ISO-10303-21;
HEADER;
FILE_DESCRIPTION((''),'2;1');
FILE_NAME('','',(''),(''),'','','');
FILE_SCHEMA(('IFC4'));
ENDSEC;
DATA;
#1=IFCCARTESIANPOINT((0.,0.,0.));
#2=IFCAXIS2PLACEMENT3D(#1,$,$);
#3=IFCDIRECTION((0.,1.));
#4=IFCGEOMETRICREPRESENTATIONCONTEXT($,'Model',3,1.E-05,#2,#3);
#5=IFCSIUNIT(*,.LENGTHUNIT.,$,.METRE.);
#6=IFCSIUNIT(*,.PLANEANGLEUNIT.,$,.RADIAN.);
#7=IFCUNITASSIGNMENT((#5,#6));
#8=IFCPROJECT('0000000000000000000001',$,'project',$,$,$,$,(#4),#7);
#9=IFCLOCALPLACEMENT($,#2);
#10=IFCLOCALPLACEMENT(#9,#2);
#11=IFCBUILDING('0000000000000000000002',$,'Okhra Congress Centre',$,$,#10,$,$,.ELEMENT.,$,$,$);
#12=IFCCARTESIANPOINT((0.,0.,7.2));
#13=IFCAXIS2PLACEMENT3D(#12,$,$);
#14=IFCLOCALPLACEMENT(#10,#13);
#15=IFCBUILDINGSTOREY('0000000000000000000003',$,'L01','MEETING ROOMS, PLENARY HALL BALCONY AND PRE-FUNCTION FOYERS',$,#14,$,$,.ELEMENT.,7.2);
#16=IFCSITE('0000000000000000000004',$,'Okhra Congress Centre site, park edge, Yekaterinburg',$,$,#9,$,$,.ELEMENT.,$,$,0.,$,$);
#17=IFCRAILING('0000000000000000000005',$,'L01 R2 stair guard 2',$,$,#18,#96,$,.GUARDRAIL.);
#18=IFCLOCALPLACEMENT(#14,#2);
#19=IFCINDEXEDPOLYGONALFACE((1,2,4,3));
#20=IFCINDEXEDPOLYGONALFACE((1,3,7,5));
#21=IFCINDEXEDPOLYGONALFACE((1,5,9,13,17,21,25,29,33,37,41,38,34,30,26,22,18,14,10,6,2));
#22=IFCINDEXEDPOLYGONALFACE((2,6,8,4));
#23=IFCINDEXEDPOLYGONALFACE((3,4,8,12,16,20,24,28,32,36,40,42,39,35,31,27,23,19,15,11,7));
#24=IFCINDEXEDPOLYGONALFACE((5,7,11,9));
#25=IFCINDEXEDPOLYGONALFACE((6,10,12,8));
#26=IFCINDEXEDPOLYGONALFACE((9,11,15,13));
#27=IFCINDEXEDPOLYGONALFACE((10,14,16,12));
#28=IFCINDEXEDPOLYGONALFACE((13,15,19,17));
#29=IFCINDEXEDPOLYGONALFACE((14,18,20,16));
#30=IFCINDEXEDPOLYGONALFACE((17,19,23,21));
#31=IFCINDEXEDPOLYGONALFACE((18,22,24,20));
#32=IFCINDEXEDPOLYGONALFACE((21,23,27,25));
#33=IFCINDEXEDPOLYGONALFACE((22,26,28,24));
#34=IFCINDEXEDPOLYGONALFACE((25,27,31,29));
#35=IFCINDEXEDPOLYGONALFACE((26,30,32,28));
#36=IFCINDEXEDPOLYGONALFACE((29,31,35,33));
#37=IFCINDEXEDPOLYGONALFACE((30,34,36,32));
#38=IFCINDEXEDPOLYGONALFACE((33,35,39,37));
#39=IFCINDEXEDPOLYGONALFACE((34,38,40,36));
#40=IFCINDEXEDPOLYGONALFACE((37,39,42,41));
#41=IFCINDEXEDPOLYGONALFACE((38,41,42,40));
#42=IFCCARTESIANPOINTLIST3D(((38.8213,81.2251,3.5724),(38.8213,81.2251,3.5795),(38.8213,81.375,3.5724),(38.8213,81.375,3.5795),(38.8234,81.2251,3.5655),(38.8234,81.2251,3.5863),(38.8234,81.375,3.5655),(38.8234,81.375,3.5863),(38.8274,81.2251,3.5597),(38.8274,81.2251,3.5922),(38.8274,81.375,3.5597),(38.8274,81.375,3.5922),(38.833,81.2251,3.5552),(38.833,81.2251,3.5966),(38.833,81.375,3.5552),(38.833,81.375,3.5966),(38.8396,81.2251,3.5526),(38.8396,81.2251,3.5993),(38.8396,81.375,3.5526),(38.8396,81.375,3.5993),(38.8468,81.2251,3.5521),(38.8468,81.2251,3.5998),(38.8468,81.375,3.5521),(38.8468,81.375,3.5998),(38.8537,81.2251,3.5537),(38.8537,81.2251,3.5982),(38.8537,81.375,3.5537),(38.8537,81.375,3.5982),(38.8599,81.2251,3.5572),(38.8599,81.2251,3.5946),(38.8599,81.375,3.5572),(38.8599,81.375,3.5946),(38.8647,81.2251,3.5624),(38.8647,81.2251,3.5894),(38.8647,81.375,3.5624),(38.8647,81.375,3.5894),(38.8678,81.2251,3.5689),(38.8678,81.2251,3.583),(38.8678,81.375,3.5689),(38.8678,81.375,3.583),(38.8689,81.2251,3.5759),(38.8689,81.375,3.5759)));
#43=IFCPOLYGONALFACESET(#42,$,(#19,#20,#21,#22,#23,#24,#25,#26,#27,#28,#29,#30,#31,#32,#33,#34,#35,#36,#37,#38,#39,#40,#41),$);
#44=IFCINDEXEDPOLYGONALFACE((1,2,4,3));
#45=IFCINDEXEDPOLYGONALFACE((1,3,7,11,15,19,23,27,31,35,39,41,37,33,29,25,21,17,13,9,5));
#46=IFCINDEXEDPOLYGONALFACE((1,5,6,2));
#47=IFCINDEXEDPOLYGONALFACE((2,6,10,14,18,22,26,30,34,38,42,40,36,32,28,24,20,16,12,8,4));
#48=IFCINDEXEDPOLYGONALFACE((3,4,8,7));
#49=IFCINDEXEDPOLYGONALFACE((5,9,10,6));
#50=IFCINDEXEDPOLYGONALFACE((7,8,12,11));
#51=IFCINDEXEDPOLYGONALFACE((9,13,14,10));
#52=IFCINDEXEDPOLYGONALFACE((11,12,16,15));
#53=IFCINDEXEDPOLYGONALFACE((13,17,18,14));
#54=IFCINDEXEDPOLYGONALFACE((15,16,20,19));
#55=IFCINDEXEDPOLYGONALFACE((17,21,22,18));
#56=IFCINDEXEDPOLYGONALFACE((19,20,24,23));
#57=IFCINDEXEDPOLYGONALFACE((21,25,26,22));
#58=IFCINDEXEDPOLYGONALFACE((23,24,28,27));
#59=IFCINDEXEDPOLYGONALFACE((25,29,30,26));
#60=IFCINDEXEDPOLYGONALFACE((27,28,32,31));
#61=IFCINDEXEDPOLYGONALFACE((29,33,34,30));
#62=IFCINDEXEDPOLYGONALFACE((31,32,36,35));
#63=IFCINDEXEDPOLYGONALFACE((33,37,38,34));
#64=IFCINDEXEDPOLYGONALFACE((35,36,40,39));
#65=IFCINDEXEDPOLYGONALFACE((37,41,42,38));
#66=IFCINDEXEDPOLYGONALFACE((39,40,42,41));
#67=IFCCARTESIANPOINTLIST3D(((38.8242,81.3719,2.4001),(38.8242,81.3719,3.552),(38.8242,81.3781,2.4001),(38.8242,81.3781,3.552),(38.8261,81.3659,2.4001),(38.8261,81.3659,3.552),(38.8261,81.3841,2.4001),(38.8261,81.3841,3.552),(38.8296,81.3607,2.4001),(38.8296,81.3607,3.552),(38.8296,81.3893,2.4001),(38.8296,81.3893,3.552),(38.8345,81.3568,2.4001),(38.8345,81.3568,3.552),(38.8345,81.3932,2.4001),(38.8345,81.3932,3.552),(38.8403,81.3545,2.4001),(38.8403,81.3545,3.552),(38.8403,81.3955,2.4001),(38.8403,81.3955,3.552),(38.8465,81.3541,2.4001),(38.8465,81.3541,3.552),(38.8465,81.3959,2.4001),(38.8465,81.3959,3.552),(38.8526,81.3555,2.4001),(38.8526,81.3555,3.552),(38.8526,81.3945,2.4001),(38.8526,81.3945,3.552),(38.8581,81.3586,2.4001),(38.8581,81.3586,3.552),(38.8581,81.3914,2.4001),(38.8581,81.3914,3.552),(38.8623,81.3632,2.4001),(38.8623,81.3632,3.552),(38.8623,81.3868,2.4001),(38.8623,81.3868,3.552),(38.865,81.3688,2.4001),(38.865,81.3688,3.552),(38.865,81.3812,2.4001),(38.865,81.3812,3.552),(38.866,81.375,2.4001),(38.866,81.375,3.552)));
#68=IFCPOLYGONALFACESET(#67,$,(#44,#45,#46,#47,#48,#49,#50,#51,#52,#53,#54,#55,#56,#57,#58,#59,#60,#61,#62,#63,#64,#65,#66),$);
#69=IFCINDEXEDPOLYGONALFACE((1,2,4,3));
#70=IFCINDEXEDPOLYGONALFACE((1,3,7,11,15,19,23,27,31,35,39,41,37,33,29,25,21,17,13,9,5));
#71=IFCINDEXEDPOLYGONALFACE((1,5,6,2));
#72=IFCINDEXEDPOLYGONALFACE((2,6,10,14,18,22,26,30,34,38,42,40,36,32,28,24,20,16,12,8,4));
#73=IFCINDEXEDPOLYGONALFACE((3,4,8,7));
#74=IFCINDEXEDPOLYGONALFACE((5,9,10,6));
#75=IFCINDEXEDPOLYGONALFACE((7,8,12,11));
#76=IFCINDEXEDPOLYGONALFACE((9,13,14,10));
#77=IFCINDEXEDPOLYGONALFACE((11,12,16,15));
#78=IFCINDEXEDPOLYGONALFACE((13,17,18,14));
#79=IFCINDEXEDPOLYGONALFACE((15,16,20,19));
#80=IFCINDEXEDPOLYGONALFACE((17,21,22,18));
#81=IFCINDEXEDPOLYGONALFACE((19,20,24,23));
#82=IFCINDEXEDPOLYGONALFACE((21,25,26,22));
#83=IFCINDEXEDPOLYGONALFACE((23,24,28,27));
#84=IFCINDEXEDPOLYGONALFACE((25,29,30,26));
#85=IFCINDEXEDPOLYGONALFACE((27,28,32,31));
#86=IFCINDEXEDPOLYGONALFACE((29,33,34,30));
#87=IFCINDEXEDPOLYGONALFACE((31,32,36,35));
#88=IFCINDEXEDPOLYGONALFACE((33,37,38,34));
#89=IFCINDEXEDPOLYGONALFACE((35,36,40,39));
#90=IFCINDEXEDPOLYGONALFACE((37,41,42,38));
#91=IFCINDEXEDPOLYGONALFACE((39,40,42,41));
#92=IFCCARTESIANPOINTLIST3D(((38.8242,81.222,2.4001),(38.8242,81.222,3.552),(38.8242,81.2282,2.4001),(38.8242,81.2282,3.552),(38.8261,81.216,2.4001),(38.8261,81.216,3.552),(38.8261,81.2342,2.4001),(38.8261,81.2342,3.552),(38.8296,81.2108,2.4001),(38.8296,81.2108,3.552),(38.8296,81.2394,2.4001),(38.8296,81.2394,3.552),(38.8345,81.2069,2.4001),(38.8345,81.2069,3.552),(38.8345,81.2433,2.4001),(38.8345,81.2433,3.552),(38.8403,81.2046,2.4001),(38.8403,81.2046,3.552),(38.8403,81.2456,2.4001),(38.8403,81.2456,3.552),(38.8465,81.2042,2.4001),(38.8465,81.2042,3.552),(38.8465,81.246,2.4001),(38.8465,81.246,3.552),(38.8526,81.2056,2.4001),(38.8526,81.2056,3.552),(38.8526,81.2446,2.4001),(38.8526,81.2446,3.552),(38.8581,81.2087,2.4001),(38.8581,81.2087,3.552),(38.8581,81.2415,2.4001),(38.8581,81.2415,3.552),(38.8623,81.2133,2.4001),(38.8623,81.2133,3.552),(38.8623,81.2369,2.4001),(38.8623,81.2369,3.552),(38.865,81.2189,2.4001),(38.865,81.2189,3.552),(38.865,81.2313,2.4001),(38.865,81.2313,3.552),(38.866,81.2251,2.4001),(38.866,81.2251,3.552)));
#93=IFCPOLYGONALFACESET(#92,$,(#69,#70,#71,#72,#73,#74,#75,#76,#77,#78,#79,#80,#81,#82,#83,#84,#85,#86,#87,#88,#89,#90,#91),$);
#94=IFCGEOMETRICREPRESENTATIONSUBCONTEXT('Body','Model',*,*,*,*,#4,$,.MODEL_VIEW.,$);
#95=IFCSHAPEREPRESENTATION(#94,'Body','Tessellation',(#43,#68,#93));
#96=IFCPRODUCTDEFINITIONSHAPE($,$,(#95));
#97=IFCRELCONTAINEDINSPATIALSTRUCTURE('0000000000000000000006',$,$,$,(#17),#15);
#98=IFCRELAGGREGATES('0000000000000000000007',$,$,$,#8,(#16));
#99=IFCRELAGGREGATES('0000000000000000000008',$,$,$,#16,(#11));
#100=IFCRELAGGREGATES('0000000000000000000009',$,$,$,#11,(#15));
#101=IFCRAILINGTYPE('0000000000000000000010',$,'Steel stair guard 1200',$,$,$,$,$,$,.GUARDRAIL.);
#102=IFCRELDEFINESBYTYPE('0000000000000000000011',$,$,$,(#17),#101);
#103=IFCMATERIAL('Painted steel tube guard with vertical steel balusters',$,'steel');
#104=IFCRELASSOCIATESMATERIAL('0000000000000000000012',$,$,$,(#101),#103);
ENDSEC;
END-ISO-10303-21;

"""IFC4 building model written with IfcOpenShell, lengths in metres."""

from ifc_helpers import new_model, si_unit, direction, frame, origin, origin_2d, place, context, subcontext, project, spatial, circle, extrude, material, type_object, element, save


model = new_model("IFC4")

# Units and contexts
model_context = context("Model", 3, precision=1e-05, world=origin(), true_north=direction((0.0, 1.0)))
body_context = subcontext(model_context, "Body", "Model", "MODEL_VIEW")
ifc_project = project(units=[si_unit("LENGTHUNIT", "METRE"), si_unit("PLANEANGLEUNIT", "RADIAN")], contexts=[model_context])

# Site, building, storey
site_placement = place(None, origin())
site = spatial("IfcSite", under=ifc_project, at=site_placement, Name="Okhra Congress Centre site, park edge, Yekaterinburg", CompositionType="ELEMENT", RefElevation=0.0)
building_placement = place(site_placement, origin())
building = spatial("IfcBuilding", under=site, at=building_placement, Name="Okhra Congress Centre", CompositionType="ELEMENT")
storey_placement = place(building_placement, frame((0.0, 0.0, 7.2)))
storey = spatial("IfcBuildingStorey", under=building, at=storey_placement, Name="L01", Description="MEETING ROOMS, PLENARY HALL BALCONY AND PRE-FUNCTION FOYERS", CompositionType="ELEMENT", Elevation=7.2)

# Railing
ifc_material_1 = material(Name="Painted steel tube guard with vertical steel balusters", Category="steel")
railing_type_1 = type_object("IfcRailingType", Name="Steel stair guard 1200", PredefinedType="GUARDRAIL", material=ifc_material_1)
railing_1_placement = place(storey_placement, frame((38.845, 81.375, 2.4001)))
element("IfcRailing", 1, at=railing_1_placement, inside=storey, type_object=railing_type_1, Name="L01 R2 stair guard 2", PredefinedType="GUARDRAIL", context=body_context, shape_type="SweptSolid", body=[
    extrude(circle(Radius=0.0239, at=origin_2d()), frame((0.0, 0.0, 1.1758), z_axis=(0.0, -1.0, 0.0), x_axis=(1.0, 0.0, 0.0)), (0.0, 0.0, 1.0), 0.1499),
    extrude(circle(Radius=0.021, at=origin_2d()), origin(), (0.0, 0.0, 1.0), 1.1519),
    extrude(circle(Radius=0.021, at=origin_2d()), frame((0.0, -0.1499, 0.0)), (0.0, 0.0, 1.0), 1.1519),
])

save(model, "model.ifc")
